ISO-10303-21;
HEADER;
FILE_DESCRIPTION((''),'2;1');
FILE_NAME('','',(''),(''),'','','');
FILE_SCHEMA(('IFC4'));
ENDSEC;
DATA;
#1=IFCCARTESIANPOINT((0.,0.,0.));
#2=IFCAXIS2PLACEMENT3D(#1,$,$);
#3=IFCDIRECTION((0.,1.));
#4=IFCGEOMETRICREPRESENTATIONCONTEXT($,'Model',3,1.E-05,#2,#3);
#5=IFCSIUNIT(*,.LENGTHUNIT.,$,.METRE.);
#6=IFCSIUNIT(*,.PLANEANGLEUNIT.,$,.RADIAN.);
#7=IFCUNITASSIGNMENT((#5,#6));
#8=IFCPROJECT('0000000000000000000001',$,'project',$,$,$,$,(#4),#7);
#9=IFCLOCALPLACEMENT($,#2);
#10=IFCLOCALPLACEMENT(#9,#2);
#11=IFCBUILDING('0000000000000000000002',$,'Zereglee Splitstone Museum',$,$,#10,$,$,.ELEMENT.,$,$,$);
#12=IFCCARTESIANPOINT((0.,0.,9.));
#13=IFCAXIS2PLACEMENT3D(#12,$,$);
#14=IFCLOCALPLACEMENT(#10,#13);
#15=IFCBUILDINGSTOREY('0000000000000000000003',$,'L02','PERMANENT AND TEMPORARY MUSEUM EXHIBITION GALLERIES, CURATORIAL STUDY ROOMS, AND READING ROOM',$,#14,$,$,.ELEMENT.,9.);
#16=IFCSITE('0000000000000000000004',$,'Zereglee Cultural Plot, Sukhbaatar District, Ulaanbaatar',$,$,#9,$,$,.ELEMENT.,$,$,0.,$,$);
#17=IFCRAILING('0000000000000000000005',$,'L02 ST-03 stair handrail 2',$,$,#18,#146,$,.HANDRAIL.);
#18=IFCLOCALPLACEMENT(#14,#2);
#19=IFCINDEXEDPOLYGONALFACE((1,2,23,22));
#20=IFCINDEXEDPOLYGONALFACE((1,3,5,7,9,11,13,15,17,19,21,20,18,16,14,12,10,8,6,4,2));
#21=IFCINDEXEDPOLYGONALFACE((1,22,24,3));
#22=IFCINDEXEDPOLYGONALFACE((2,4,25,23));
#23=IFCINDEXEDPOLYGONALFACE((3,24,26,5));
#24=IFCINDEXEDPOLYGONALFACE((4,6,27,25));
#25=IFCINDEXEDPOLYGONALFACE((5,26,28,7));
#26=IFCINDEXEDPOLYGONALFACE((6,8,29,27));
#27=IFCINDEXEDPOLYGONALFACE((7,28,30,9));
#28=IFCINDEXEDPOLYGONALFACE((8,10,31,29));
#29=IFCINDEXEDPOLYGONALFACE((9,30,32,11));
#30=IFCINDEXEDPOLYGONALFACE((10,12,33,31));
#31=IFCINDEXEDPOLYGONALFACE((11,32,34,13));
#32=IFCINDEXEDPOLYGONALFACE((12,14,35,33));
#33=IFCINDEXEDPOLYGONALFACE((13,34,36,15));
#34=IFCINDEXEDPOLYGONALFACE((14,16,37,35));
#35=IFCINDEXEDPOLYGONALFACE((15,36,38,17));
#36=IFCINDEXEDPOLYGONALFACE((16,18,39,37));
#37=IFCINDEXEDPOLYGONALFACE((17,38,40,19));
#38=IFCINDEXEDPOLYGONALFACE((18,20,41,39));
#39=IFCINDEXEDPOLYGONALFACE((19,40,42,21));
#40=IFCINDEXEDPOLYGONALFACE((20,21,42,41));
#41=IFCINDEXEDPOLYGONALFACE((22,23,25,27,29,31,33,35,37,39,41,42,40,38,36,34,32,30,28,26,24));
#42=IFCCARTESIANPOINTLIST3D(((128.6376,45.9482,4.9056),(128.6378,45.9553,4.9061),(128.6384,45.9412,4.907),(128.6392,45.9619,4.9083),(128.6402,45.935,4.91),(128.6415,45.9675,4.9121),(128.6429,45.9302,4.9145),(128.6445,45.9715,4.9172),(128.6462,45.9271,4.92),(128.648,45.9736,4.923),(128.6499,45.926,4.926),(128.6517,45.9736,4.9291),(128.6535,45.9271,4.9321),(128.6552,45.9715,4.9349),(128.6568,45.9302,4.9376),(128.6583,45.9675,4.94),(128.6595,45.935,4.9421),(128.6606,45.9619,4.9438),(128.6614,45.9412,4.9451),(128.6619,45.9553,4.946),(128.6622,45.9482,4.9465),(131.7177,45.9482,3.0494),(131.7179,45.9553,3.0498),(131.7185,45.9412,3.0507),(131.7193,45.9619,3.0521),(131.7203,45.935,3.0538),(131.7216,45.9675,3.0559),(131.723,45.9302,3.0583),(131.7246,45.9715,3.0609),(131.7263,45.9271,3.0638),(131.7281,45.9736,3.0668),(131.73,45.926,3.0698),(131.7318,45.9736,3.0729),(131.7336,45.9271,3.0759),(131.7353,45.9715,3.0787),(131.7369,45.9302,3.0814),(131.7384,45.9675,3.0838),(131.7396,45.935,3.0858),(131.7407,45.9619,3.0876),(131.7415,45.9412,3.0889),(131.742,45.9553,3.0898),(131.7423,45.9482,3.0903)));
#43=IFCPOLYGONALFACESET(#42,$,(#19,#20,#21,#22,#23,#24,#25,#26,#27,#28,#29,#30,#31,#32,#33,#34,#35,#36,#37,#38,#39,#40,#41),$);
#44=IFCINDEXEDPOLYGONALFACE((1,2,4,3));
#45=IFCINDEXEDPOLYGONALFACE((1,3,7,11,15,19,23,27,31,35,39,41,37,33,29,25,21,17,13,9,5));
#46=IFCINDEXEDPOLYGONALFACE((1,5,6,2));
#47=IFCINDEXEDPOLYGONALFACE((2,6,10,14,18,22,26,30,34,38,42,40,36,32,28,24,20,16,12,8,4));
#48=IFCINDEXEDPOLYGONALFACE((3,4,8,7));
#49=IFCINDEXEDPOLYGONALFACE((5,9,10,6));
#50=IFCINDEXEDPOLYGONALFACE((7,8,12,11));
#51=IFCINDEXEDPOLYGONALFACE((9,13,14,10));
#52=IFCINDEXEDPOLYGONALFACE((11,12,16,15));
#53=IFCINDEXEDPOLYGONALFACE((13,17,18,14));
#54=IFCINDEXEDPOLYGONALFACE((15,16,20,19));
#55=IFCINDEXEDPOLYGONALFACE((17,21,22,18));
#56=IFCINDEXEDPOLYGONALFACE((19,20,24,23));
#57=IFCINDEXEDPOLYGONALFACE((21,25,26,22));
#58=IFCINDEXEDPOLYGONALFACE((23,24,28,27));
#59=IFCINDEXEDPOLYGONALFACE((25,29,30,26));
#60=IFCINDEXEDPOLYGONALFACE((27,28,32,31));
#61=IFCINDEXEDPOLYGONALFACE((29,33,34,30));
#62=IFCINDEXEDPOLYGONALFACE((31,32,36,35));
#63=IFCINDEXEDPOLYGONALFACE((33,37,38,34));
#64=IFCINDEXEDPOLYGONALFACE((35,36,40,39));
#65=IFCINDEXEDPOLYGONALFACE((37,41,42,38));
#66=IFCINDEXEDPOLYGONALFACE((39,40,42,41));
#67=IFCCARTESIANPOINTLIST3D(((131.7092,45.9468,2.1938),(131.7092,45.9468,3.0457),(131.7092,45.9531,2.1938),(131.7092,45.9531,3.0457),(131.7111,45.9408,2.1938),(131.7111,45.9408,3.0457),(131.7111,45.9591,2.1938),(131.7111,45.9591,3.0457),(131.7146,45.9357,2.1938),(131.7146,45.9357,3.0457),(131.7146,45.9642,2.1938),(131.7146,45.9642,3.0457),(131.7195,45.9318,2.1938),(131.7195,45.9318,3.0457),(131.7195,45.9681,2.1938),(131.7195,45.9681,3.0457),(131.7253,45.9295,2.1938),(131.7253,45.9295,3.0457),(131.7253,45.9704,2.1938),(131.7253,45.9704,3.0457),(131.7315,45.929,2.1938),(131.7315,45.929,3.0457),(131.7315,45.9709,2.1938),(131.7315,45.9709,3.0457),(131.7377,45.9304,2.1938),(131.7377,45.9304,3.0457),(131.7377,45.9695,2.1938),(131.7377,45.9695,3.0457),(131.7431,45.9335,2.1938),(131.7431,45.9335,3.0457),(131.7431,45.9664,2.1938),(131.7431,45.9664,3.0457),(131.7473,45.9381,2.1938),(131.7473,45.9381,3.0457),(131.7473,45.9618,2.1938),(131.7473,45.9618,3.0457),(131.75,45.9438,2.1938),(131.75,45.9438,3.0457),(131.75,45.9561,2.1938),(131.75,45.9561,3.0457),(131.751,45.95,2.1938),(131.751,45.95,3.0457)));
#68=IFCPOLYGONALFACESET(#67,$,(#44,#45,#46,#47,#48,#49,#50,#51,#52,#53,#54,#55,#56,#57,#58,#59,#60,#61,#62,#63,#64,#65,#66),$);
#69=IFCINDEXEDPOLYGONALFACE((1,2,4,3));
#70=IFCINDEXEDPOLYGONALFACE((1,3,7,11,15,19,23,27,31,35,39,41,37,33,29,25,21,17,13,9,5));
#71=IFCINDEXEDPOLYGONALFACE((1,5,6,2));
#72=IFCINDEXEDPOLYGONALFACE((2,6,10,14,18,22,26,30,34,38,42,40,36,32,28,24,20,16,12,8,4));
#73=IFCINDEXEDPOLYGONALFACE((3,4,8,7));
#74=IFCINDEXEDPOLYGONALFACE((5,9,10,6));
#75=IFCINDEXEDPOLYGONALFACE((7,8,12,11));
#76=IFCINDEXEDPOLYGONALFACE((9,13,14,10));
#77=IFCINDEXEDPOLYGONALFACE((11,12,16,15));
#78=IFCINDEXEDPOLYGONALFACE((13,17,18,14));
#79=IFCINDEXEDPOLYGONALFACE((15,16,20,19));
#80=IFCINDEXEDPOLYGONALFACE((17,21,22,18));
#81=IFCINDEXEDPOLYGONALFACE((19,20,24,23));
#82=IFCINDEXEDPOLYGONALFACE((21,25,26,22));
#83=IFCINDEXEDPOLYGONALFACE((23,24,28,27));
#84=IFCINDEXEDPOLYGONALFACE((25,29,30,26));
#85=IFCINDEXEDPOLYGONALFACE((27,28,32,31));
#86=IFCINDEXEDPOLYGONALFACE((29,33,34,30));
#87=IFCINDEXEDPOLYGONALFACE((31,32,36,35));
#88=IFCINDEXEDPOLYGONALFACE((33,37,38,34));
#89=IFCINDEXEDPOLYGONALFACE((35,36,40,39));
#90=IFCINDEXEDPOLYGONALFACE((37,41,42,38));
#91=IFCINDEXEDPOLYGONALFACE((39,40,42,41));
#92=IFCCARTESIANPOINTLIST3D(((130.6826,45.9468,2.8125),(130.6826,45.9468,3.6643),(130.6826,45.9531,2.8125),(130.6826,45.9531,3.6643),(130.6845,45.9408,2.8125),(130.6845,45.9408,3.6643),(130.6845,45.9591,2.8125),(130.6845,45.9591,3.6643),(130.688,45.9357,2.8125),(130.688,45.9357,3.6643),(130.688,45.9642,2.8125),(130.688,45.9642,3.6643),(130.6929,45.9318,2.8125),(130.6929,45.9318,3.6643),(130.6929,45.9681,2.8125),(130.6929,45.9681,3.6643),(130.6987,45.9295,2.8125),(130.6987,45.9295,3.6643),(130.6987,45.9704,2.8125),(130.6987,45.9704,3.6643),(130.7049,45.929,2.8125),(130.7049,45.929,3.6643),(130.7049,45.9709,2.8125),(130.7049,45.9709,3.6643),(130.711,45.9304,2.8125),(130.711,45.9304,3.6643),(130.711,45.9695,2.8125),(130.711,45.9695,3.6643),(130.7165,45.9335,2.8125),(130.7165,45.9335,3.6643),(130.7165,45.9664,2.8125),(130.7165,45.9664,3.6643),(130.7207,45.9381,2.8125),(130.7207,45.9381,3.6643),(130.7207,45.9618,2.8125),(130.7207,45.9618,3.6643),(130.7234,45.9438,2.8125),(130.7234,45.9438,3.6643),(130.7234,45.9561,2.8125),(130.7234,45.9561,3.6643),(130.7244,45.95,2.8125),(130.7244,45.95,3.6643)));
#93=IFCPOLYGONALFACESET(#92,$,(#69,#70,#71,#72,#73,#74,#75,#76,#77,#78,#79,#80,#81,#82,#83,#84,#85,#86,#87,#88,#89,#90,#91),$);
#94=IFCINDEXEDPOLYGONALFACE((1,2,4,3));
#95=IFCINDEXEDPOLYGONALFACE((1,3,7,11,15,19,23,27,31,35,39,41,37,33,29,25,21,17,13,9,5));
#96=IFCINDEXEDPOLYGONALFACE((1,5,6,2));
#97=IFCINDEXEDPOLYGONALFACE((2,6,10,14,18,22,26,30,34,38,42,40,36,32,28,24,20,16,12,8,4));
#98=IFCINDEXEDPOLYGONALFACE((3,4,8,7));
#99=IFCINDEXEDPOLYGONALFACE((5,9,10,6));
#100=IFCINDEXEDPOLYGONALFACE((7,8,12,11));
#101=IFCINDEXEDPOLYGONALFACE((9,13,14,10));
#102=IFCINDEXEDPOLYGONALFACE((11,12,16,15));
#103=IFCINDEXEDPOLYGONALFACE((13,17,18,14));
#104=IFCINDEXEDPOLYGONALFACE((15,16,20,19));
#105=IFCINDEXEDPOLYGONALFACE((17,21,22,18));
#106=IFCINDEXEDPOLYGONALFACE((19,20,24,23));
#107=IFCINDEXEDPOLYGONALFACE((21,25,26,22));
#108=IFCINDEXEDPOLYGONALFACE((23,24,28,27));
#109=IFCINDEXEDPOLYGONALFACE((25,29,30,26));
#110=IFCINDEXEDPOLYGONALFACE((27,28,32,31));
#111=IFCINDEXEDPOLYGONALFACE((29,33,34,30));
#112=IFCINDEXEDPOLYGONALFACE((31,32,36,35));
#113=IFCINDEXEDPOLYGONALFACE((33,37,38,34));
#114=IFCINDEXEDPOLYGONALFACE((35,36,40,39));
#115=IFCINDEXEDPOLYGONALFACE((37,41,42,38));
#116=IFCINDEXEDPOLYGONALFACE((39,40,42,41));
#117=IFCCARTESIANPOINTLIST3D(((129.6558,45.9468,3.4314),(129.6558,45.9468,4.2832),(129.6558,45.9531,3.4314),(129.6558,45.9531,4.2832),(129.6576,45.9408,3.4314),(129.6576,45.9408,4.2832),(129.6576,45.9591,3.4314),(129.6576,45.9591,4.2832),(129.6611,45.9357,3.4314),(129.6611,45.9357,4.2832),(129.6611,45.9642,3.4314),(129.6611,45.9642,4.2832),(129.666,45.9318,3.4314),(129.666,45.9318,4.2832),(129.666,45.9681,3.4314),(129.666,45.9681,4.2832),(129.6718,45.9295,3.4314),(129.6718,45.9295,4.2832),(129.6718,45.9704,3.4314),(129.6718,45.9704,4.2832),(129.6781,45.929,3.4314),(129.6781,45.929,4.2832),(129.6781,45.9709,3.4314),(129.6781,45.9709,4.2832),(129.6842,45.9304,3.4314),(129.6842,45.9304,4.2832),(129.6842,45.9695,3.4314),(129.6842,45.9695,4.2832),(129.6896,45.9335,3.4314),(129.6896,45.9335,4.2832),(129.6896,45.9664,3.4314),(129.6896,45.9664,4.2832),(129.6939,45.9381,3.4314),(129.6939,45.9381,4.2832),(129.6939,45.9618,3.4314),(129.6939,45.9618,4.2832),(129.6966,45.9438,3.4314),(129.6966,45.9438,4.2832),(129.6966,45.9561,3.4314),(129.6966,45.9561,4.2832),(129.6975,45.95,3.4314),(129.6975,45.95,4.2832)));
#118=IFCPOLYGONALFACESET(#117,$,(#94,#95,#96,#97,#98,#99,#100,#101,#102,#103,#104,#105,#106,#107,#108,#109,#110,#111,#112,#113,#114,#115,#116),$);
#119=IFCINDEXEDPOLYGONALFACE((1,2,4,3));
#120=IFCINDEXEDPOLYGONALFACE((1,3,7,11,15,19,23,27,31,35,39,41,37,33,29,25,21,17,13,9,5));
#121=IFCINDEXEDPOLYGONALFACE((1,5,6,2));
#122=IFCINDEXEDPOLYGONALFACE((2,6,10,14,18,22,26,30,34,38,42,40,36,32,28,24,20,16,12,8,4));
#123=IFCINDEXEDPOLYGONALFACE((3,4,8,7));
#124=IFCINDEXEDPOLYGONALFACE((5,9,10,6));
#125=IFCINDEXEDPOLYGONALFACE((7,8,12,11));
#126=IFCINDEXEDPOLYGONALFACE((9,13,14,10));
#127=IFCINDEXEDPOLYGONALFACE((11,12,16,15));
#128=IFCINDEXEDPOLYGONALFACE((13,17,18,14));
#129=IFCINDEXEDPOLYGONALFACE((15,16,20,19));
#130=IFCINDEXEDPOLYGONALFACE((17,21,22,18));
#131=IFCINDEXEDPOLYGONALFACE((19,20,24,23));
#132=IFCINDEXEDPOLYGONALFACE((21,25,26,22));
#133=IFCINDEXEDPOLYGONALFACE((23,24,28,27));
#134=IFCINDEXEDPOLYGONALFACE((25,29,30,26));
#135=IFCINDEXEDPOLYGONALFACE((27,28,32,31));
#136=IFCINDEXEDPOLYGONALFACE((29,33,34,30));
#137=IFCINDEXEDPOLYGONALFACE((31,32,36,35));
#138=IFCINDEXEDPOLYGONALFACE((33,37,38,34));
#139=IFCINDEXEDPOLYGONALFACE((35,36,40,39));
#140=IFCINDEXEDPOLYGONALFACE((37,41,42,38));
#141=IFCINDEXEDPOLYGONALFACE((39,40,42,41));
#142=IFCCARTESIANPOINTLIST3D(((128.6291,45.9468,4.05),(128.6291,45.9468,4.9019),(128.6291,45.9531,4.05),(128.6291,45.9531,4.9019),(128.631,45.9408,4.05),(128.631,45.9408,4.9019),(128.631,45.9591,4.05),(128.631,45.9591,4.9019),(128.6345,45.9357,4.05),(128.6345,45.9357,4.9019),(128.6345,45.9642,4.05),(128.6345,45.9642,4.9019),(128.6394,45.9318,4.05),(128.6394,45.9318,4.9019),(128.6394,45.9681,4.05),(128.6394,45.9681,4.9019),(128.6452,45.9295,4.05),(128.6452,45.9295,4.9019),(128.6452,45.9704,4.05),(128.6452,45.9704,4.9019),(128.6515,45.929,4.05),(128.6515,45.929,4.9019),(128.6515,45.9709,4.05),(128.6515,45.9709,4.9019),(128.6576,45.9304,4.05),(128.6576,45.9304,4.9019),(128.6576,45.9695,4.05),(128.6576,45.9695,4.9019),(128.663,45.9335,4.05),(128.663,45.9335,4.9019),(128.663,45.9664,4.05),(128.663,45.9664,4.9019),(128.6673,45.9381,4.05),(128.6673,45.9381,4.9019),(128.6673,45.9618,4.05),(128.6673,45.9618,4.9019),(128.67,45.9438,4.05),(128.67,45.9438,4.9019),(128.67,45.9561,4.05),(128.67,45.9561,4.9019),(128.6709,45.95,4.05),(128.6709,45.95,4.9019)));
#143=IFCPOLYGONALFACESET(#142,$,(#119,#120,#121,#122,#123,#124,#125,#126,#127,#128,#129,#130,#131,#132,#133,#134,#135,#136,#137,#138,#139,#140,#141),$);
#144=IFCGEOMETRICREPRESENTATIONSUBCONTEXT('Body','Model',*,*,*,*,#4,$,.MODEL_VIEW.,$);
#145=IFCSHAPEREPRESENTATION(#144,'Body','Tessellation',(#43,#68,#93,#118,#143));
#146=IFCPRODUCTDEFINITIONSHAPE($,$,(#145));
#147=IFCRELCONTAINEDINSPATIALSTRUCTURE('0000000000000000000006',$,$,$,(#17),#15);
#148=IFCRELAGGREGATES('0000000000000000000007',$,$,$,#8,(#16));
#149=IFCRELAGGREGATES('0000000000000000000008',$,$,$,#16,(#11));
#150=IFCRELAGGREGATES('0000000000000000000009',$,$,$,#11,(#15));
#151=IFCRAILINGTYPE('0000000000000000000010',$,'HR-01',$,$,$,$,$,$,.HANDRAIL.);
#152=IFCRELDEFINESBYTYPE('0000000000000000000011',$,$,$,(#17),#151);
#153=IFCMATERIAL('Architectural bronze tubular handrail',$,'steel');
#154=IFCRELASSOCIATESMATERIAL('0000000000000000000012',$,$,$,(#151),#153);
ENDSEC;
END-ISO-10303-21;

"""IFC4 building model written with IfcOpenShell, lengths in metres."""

from ifc_helpers import new_model, si_unit, direction, frame, origin, origin_2d, place, context, subcontext, project, spatial, circle, extrude, material, type_object, element, save


model = new_model("IFC4")

# Units and contexts
model_context = context("Model", 3, precision=1e-05, world=origin(), true_north=direction((0.0, 1.0)))
body_context = subcontext(model_context, "Body", "Model", "MODEL_VIEW")
ifc_project = project(units=[si_unit("LENGTHUNIT", "METRE"), si_unit("PLANEANGLEUNIT", "RADIAN")], contexts=[model_context])

# Site, building, storey
site_placement = place(None, origin())
site = spatial("IfcSite", under=ifc_project, at=site_placement, Name="Zereglee Cultural Plot, Sukhbaatar District, Ulaanbaatar", CompositionType="ELEMENT", RefElevation=0.0)
building_placement = place(site_placement, origin())
building = spatial("IfcBuilding", under=site, at=building_placement, Name="Zereglee Splitstone Museum", CompositionType="ELEMENT")
storey_placement = place(building_placement, frame((0.0, 0.0, 9.0)))
storey = spatial("IfcBuildingStorey", under=building, at=storey_placement, Name="L02", Description="PERMANENT AND TEMPORARY MUSEUM EXHIBITION GALLERIES, CURATORIAL STUDY ROOMS, AND READING ROOM", CompositionType="ELEMENT", Elevation=9.0)

# Railing
ifc_material_1 = material(Name="Architectural bronze tubular handrail", Category="steel")
railing_type_1 = type_object("IfcRailingType", Name="HR-01", PredefinedType="HANDRAIL", material=ifc_material_1)
railing_1_placement = place(storey_placement, frame((131.73, 45.95, 2.1938)))
element("IfcRailing", 1, at=railing_1_placement, inside=storey, type_object=railing_type_1, Name="L02 ST-03 stair handrail 2", PredefinedType="HANDRAIL", context=body_context, shape_type="SweptSolid", body=[
    extrude(circle(Radius=0.0239, at=origin_2d()), frame((0.0, 0.0, 0.876), z_axis=(-0.856491, 0.0, 0.516162), x_axis=(0.0, -1.0, 0.0)), (0.0, 0.0, 1.0), 3.5962),
    extrude(circle(Radius=0.021, at=origin_2d()), origin(), (0.0, 0.0, 1.0), 0.8518),
    extrude(circle(Radius=0.021, at=origin_2d()), frame((-1.0266, 0.0, 0.6187)), (0.0, 0.0, 1.0), 0.8518),
    extrude(circle(Radius=0.021, at=origin_2d()), frame((-2.0535, 0.0, 1.2375)), (0.0, 0.0, 1.0), 0.8518),
    extrude(circle(Radius=0.021, at=origin_2d()), frame((-3.0801, 0.0, 1.8562)), (0.0, 0.0, 1.0), 0.8518),
])

save(model, "model.ifc")
